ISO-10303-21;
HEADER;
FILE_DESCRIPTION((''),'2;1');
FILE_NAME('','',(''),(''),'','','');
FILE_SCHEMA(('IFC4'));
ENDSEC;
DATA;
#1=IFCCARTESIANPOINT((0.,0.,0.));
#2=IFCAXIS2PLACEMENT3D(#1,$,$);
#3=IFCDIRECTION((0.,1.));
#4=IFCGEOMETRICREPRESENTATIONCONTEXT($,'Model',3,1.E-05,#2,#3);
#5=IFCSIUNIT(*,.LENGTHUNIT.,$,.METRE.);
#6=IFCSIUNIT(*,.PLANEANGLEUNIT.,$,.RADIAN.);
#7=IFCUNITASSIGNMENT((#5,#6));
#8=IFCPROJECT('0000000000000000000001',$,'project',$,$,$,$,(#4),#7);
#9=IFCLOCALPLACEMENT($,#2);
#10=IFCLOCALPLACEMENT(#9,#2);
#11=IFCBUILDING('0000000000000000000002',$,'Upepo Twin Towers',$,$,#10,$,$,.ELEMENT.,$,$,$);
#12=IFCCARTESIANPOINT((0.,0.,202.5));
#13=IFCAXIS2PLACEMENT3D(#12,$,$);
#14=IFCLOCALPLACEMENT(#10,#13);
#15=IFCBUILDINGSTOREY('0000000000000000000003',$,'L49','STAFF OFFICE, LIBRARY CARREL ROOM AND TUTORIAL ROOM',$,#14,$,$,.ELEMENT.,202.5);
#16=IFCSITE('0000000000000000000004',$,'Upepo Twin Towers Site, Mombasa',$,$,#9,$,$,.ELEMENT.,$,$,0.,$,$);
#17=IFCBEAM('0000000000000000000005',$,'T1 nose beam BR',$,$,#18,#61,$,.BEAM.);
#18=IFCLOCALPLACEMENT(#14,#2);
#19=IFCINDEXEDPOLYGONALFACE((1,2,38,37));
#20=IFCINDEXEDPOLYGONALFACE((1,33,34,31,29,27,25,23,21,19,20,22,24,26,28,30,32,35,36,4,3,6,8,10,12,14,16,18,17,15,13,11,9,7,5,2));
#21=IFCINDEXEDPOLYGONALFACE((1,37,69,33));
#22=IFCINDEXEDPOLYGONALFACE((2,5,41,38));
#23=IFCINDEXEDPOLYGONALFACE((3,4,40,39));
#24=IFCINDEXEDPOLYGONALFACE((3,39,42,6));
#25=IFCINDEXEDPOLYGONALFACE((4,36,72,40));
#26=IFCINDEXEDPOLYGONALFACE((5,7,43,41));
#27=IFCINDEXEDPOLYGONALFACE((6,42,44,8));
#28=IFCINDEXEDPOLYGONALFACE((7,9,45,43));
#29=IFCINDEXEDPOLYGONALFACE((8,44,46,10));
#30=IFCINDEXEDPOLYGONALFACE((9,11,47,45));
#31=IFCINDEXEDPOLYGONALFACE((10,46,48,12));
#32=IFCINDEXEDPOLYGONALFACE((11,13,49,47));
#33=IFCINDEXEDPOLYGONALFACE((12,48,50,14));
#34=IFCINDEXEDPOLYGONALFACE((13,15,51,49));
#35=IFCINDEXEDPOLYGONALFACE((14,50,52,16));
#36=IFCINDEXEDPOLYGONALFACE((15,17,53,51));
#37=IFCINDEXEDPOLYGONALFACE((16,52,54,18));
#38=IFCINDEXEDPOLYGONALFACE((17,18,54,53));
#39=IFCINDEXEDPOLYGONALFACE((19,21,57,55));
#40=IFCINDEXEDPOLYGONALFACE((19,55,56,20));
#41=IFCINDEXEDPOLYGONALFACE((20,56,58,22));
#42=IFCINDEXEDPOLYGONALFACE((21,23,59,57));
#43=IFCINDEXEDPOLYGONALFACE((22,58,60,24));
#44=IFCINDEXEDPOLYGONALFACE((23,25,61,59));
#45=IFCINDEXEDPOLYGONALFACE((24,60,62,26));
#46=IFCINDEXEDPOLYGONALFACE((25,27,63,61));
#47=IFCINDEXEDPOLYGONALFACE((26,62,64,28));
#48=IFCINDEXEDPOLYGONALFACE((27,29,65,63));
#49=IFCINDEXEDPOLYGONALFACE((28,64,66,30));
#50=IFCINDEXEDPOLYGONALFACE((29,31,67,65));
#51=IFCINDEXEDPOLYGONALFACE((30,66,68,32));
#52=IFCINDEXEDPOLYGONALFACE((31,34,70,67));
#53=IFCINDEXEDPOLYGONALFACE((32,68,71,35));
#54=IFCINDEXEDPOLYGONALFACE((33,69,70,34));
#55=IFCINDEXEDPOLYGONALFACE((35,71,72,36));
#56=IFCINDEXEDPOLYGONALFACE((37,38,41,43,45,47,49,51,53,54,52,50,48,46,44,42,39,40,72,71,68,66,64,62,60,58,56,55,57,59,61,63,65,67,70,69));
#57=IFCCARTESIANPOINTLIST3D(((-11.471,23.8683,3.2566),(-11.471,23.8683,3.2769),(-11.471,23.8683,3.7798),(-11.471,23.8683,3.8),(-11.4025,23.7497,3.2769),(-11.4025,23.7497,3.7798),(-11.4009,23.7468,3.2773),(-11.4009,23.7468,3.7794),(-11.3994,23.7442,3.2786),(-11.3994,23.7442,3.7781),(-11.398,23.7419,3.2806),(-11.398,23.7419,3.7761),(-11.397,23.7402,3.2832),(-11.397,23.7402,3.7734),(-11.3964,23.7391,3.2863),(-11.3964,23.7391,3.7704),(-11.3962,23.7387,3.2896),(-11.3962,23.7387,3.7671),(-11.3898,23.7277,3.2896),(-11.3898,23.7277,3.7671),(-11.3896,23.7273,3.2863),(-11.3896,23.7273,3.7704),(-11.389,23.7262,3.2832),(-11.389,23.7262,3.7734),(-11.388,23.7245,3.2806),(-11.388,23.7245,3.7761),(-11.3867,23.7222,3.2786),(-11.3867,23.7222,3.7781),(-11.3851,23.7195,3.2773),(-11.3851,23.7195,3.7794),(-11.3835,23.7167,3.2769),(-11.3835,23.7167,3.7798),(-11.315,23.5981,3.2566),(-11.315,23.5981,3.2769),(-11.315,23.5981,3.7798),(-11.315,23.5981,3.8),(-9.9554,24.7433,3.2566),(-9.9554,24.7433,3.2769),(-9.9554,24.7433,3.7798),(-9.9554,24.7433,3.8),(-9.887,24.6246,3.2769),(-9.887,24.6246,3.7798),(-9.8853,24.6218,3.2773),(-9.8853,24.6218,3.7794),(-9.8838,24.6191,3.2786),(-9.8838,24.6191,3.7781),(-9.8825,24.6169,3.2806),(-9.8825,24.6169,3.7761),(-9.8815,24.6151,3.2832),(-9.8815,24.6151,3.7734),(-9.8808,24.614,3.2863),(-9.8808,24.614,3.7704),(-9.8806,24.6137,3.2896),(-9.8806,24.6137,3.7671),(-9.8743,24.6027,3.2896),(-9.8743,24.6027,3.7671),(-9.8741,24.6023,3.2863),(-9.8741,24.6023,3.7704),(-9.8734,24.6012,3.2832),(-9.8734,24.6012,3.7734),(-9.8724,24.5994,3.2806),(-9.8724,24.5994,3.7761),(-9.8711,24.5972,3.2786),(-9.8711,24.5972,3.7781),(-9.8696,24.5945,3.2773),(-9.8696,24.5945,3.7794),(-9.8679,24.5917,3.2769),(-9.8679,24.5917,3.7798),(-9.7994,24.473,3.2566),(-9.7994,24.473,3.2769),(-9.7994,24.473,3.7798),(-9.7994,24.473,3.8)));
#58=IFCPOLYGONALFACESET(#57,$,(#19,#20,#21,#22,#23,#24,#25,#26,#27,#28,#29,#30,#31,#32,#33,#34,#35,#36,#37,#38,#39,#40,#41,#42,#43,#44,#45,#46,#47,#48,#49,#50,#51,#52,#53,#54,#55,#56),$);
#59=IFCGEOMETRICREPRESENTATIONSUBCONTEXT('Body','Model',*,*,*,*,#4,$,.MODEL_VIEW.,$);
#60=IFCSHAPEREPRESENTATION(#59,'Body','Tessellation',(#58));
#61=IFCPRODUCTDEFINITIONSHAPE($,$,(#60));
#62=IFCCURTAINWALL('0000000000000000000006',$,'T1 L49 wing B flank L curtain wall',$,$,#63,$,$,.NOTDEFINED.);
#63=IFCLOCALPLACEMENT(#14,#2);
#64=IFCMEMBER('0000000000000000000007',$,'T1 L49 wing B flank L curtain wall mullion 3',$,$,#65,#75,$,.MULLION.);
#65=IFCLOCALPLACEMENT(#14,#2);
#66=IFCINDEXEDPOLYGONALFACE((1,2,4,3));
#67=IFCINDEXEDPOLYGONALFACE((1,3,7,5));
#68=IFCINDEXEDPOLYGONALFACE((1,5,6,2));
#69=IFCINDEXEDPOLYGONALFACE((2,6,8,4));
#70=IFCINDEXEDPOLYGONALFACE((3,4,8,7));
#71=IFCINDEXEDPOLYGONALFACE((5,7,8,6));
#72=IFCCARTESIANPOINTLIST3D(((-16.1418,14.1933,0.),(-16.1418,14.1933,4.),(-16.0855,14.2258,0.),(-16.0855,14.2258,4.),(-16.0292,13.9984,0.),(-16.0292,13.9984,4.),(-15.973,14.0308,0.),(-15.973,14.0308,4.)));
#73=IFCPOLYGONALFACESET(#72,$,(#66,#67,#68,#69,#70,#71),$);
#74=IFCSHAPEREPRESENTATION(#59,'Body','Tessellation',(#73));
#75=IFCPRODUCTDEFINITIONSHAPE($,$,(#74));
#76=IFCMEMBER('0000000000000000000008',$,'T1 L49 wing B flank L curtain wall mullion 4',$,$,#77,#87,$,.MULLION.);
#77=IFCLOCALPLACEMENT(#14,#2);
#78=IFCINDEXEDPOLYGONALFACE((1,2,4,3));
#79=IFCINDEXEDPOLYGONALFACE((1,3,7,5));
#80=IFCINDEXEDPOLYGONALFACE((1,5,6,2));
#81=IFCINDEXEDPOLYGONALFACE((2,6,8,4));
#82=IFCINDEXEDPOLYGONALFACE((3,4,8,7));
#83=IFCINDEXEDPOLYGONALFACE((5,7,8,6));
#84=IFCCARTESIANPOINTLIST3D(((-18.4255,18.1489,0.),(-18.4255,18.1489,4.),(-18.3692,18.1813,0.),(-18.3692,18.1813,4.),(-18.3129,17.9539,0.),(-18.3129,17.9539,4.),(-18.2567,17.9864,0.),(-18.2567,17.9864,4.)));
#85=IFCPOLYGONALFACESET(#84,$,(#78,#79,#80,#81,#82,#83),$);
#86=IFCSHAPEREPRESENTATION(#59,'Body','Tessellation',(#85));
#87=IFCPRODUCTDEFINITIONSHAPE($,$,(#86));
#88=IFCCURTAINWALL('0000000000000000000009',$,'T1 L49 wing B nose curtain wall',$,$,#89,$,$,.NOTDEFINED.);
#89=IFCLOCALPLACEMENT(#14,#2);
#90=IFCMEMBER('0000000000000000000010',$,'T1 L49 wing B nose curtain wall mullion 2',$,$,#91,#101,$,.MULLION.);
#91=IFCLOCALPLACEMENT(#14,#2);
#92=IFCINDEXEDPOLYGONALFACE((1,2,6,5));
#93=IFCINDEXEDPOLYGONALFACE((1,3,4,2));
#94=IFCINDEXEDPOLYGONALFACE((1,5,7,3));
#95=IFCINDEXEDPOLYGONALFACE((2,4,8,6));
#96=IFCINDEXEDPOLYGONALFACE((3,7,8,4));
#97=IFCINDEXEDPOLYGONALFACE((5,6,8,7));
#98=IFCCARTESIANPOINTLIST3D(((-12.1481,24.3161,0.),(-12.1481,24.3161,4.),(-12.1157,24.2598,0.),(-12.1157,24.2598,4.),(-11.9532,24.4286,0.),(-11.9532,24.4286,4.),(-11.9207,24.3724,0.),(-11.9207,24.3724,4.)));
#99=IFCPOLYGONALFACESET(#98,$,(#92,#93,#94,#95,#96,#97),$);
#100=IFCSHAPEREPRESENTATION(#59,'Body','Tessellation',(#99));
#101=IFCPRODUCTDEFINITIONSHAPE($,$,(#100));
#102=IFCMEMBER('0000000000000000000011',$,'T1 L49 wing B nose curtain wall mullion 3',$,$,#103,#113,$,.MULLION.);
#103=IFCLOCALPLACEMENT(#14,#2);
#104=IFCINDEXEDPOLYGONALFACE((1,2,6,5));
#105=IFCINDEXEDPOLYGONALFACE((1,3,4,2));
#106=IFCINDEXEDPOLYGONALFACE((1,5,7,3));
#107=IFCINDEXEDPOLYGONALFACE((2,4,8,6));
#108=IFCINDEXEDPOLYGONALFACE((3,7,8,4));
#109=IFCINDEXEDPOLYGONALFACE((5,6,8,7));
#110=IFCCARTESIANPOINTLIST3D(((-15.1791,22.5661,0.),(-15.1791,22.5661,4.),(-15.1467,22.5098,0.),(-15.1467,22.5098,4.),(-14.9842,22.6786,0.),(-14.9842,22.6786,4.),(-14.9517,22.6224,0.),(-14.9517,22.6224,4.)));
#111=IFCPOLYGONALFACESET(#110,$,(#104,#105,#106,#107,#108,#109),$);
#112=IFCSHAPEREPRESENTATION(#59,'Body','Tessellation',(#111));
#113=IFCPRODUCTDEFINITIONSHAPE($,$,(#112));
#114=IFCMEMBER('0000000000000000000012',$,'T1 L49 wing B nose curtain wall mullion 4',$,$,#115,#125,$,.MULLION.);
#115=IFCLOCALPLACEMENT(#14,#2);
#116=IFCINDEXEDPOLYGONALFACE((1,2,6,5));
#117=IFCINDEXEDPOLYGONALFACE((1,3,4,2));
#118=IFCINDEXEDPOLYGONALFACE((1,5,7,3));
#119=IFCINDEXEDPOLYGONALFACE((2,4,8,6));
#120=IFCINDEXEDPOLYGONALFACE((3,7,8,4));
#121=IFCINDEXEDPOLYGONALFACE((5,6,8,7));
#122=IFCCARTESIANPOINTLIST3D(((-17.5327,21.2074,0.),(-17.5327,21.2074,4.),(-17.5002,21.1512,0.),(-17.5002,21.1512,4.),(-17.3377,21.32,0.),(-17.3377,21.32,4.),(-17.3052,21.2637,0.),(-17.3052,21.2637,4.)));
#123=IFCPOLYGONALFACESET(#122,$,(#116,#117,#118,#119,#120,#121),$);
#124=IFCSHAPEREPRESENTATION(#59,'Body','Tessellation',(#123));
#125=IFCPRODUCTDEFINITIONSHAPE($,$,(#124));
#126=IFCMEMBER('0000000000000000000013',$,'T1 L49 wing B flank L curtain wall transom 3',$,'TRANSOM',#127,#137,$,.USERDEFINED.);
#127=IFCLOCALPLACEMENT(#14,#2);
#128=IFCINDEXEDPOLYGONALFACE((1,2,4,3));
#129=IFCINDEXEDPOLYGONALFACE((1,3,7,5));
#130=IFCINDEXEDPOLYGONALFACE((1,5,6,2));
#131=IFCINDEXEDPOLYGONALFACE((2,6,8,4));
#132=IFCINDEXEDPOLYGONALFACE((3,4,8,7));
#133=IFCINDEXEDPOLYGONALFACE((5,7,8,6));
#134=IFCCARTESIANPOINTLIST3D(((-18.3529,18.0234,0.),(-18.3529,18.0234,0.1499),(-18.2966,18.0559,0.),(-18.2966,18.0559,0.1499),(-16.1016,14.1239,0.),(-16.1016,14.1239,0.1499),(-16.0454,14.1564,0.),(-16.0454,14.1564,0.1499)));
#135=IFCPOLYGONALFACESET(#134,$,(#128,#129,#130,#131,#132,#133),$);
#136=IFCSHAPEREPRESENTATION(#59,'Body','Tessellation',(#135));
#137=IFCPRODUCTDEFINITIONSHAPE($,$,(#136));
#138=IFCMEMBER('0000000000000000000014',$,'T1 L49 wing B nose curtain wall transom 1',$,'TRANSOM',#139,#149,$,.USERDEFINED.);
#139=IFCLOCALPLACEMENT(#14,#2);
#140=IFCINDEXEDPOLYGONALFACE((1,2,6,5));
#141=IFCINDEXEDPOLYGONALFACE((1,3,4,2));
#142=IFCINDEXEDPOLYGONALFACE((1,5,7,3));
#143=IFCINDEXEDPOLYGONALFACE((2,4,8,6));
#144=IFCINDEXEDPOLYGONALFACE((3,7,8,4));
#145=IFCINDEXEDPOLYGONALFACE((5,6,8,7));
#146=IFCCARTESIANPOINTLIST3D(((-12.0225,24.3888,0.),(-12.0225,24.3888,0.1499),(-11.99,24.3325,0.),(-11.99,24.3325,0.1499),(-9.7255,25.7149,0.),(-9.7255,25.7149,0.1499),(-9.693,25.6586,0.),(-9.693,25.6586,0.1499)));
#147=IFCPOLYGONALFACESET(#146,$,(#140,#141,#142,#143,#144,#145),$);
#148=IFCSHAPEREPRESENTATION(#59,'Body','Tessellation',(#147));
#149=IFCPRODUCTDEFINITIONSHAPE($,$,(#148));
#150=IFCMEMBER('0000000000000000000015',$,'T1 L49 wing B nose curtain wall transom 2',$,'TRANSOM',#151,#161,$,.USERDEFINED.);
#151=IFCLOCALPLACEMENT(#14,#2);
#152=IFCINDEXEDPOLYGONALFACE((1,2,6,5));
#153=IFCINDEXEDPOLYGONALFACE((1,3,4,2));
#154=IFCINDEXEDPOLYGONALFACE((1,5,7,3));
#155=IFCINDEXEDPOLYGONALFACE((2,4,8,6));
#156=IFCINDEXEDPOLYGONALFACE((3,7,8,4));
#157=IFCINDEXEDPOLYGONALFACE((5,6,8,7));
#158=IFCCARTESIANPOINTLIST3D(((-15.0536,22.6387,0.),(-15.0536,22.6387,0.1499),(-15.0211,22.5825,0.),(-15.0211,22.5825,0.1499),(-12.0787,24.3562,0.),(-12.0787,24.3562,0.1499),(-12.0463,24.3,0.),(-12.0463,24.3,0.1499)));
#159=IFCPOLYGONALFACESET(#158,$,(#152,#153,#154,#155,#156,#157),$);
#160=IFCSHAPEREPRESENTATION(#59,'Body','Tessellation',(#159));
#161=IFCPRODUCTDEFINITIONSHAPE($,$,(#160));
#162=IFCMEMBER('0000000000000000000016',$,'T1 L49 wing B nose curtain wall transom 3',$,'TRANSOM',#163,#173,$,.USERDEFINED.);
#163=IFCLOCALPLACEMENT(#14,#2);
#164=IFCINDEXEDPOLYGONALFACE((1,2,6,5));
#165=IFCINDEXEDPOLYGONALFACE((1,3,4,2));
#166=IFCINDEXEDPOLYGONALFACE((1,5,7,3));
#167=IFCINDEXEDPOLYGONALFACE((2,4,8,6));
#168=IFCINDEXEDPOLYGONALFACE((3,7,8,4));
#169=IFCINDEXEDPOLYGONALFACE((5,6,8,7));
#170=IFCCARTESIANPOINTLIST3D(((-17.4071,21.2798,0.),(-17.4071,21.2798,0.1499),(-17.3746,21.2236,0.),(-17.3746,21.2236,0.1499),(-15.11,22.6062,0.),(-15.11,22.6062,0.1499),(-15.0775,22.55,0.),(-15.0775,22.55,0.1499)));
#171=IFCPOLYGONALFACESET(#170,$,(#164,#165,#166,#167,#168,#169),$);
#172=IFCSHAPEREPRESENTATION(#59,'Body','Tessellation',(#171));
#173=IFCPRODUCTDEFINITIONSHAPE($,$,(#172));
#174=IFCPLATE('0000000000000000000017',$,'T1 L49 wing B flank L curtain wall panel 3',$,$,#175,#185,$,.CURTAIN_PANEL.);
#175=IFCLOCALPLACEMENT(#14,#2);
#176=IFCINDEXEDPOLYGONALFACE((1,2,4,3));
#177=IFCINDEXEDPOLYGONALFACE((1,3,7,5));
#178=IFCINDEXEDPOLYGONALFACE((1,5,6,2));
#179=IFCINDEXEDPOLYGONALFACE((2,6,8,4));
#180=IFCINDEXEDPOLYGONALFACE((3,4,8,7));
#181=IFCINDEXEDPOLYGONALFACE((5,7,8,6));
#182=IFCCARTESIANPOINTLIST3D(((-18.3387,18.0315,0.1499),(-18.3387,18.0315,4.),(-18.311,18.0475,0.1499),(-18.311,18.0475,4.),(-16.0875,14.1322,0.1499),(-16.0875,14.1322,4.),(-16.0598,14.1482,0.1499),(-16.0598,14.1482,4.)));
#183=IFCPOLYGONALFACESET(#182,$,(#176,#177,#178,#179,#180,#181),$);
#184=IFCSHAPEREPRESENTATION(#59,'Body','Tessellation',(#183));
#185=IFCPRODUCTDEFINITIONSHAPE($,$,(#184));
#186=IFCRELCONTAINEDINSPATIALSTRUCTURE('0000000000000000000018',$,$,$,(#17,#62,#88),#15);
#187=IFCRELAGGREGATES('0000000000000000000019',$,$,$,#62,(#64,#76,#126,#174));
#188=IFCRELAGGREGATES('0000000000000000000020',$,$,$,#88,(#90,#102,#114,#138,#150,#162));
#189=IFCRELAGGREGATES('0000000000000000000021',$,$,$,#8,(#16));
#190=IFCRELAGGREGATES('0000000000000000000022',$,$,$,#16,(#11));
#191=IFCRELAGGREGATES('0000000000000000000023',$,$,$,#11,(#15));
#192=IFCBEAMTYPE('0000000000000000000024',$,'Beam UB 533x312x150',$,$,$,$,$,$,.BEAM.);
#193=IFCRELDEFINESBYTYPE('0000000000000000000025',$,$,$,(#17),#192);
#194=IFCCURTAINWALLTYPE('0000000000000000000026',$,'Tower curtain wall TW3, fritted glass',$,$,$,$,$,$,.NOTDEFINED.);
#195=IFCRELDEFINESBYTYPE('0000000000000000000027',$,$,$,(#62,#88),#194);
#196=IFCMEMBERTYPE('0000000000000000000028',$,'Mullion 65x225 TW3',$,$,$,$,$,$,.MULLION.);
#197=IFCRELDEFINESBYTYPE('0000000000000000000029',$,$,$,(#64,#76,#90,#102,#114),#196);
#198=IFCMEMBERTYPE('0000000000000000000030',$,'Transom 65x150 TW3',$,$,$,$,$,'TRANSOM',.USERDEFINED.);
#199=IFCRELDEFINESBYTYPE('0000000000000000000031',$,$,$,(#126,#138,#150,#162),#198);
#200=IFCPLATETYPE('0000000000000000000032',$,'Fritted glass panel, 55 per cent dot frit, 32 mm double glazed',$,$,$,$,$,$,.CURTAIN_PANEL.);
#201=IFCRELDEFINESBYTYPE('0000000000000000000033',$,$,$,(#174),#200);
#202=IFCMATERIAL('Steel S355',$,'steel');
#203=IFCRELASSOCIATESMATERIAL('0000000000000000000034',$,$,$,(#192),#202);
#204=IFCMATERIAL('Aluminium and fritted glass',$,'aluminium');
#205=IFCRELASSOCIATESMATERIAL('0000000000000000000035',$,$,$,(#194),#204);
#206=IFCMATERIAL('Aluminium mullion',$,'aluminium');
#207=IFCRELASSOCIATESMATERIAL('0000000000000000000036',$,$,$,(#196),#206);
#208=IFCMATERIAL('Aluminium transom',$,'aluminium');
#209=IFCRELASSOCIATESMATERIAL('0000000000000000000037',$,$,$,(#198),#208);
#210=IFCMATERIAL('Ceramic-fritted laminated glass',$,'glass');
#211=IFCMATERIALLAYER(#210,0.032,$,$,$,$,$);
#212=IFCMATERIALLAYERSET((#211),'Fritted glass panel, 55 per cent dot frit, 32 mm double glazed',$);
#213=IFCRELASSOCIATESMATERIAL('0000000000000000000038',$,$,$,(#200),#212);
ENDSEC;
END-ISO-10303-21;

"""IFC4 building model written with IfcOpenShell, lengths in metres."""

from ifc_helpers import new_model, si_unit, direction, frame, origin, origin_2d, place, context, subcontext, project, spatial, rectangle, i_section, extrude, material, layer, layer_set, material_profile, profile_set, type_object, element, aggregate, save


model = new_model("IFC4")

# Units and contexts
model_context = context("Model", 3, precision=1e-05, world=origin(), true_north=direction((0.0, 1.0)))
body_context = subcontext(model_context, "Body", "Model", "MODEL_VIEW")
ifc_project = project(units=[si_unit("LENGTHUNIT", "METRE"), si_unit("PLANEANGLEUNIT", "RADIAN")], contexts=[model_context])

# Site, building, storey
site_placement = place(None, origin())
site = spatial("IfcSite", under=ifc_project, at=site_placement, Name="Upepo Twin Towers Site, Mombasa", CompositionType="ELEMENT", RefElevation=0.0)
building_placement = place(site_placement, origin())
building = spatial("IfcBuilding", under=site, at=building_placement, Name="Upepo Twin Towers", CompositionType="ELEMENT")
storey_placement = place(building_placement, frame((0.0, 0.0, 202.5)))
storey = spatial("IfcBuildingStorey", under=building, at=storey_placement, Name="L49", Description="STAFF OFFICE, LIBRARY CARREL ROOM AND TUTORIAL ROOM", CompositionType="ELEMENT", Elevation=202.5)

# Beam
ifc_material_1 = material(Name="Steel S355", Category="steel")
ifc_material_profile_1 = material_profile(ifc_material_1, i_section(OverallWidth=0.312, OverallDepth=0.5435, WebThickness=0.0127, FlangeThickness=0.0203, FilletRadius=0.0127, at=origin_2d()), Name="UB 533x312x150")
ifc_profile_set_1 = profile_set([ifc_material_profile_1], Name="Steel S355")
beam_type_1 = type_object("IfcBeamType", Name="Beam UB 533x312x150", PredefinedType="BEAM", material=ifc_profile_set_1)
for number, where, z_axis, x_axis, name in (
    (1, (-9.8774, 24.6082, 3.5283), (-0.866037, -0.49998, 0.0), (0.49998, -0.866037, 0.0), "T1 nose beam BR"),
):
    element("IfcBeam", number, at=place(storey_placement, frame(where, z_axis=z_axis, x_axis=x_axis)), inside=storey, type_object=beam_type_1, Name=name, PredefinedType="BEAM", context=body_context, shape_type="SweptSolid", body=[
        extrude(i_section(OverallWidth=0.312, OverallDepth=0.5435, WebThickness=0.0127, FlangeThickness=0.0203, FilletRadius=0.0127, at=origin_2d()), origin(), (0.0, 0.0, 1.0), 1.75),
    ])

# Curtain walls, members
ifc_material_2 = material(Name="Aluminium and fritted glass", Category="aluminium")
curtain_wall_type = type_object("IfcCurtainWallType", Name="Tower curtain wall TW3, fritted glass", PredefinedType="NOTDEFINED", material=ifc_material_2)
curtain_wall_1_placement = place(storey_placement, origin())
curtain_wall_1 = element("IfcCurtainWall", 2, at=curtain_wall_1_placement, inside=storey, type_object=curtain_wall_type, Name="T1 L49 wing B flank L curtain wall", PredefinedType="NOTDEFINED")
ifc_material_3 = material(Name="Aluminium mullion", Category="aluminium")
ifc_material_profile_2 = material_profile(ifc_material_3, rectangle(XDim=0.0649, YDim=0.2251, at=origin_2d()), Name="MULLION 65x225")
ifc_profile_set_2 = profile_set([ifc_material_profile_2], Name="Aluminium mullion")
member_type_1 = type_object("IfcMemberType", Name="Mullion 65x225 TW3", PredefinedType="MULLION", material=ifc_profile_set_2)
member_1_placement = place(storey_placement, frame((-16.0574, 14.1121, 0.0), z_axis=(0.0, 0.0, 1.0), x_axis=(-0.866025, -0.5, 0.0)))
member_1 = element("IfcMember", 3, at=member_1_placement, type_object=member_type_1, Name="T1 L49 wing B flank L curtain wall mullion 3", PredefinedType="MULLION", context=body_context, shape_type="SweptSolid", body=[
    extrude(rectangle(XDim=0.0649, YDim=0.2251, at=origin_2d()), origin(), (0.0, 0.0, 1.0), 4.0),
])
member_2_placement = place(storey_placement, frame((-18.3411, 18.0676, 0.0), z_axis=(0.0, 0.0, 1.0), x_axis=(-0.866025, -0.5, 0.0)))
member_2 = element("IfcMember", 4, at=member_2_placement, type_object=member_type_1, Name="T1 L49 wing B flank L curtain wall mullion 4", PredefinedType="MULLION", context=body_context, shape_type="SweptSolid", body=[
    extrude(rectangle(XDim=0.0649, YDim=0.2251, at=origin_2d()), origin(), (0.0, 0.0, 1.0), 4.0),
])
curtain_wall_2_placement = place(storey_placement, origin())
curtain_wall_2 = element("IfcCurtainWall", 5, at=curtain_wall_2_placement, inside=storey, type_object=curtain_wall_type, Name="T1 L49 wing B nose curtain wall", PredefinedType="NOTDEFINED")
member_3_placement = place(storey_placement, frame((-12.0344, 24.3442, 0.0), z_axis=(0.0, 0.0, 1.0), x_axis=(0.5, -0.866025, 0.0)))
member_3 = element("IfcMember", 6, at=member_3_placement, type_object=member_type_1, Name="T1 L49 wing B nose curtain wall mullion 2", PredefinedType="MULLION", context=body_context, shape_type="SweptSolid", body=[
    extrude(rectangle(XDim=0.0649, YDim=0.2251, at=origin_2d()), origin(), (0.0, 0.0, 1.0), 4.0),
])
member_4_placement = place(storey_placement, frame((-15.0654, 22.5942, 0.0), z_axis=(0.0, 0.0, 1.0), x_axis=(0.5, -0.866025, 0.0)))
member_4 = element("IfcMember", 7, at=member_4_placement, type_object=member_type_1, Name="T1 L49 wing B nose curtain wall mullion 3", PredefinedType="MULLION", context=body_context, shape_type="SweptSolid", body=[
    extrude(rectangle(XDim=0.0649, YDim=0.2251, at=origin_2d()), origin(), (0.0, 0.0, 1.0), 4.0),
])
member_5_placement = place(storey_placement, frame((-17.4189, 21.2356, 0.0), z_axis=(0.0, 0.0, 1.0), x_axis=(0.5, -0.866025, 0.0)))
member_5 = element("IfcMember", 8, at=member_5_placement, type_object=member_type_1, Name="T1 L49 wing B nose curtain wall mullion 4", PredefinedType="MULLION", context=body_context, shape_type="SweptSolid", body=[
    extrude(rectangle(XDim=0.0649, YDim=0.2251, at=origin_2d()), origin(), (0.0, 0.0, 1.0), 4.0),
])

# Members
ifc_material_4 = material(Name="Aluminium transom", Category="aluminium")
ifc_material_profile_3 = material_profile(ifc_material_4, rectangle(XDim=0.0649, YDim=0.1499, at=origin_2d()), Name="TRANSOM 65x150")
ifc_profile_set_3 = profile_set([ifc_material_profile_3], Name="Aluminium transom")
member_type_2 = type_object("IfcMemberType", Name="Transom 65x150 TW3", ElementType="TRANSOM", PredefinedType="USERDEFINED", material=ifc_profile_set_3)
member_6_placement = place(storey_placement, frame((-16.0735, 14.1401, 0.075), z_axis=(-0.499982, 0.866036, 0.0), x_axis=(-0.866036, -0.499982, 0.0)))
member_6 = element("IfcMember", 9, at=member_6_placement, type_object=member_type_2, Name="T1 L49 wing B flank L curtain wall transom 3", ObjectType="TRANSOM", PredefinedType="USERDEFINED", context=body_context, shape_type="SweptSolid", body=[
    extrude(rectangle(XDim=0.0649, YDim=0.1499, at=origin_2d()), origin(), (0.0, 0.0, 1.0), 4.5027),
])
member_7_placement = place(storey_placement, frame((-9.7092, 25.6868, 0.075), z_axis=(-0.866037, -0.49998, 0.0), x_axis=(0.49998, -0.866037, 0.0)))
member_7 = element("IfcMember", 10, at=member_7_placement, type_object=member_type_2, Name="T1 L49 wing B nose curtain wall transom 1", ObjectType="TRANSOM", PredefinedType="USERDEFINED", context=body_context, shape_type="SweptSolid", body=[
    extrude(rectangle(XDim=0.0649, YDim=0.1499, at=origin_2d()), origin(), (0.0, 0.0, 1.0), 2.6523),
])
member_8_placement = place(storey_placement, frame((-12.0625, 24.3281, 0.075), z_axis=(-0.866026, -0.499999, 0.0), x_axis=(0.499999, -0.866026, 0.0)))
member_8 = element("IfcMember", 11, at=member_8_placement, type_object=member_type_2, Name="T1 L49 wing B nose curtain wall transom 2", ObjectType="TRANSOM", PredefinedType="USERDEFINED", context=body_context, shape_type="SweptSolid", body=[
    extrude(rectangle(XDim=0.0649, YDim=0.1499, at=origin_2d()), origin(), (0.0, 0.0, 1.0), 3.4351),
])
member_9_placement = place(storey_placement, frame((-15.0938, 22.5781, 0.075), z_axis=(-0.865997, -0.500049, 0.0), x_axis=(0.500049, -0.865997, 0.0)))
member_9 = element("IfcMember", 12, at=member_9_placement, type_object=member_type_2, Name="T1 L49 wing B nose curtain wall transom 3", ObjectType="TRANSOM", PredefinedType="USERDEFINED", context=body_context, shape_type="SweptSolid", body=[
    extrude(rectangle(XDim=0.0649, YDim=0.1499, at=origin_2d()), origin(), (0.0, 0.0, 1.0), 2.6526),
])

# Plate
ifc_material_5 = material(Name="Ceramic-fritted laminated glass", Category="glass")
ifc_layer_1 = layer(ifc_material_5, 0.032)
ifc_layer_set_1 = layer_set([ifc_layer_1], Name="Fritted glass panel, 55 per cent dot frit, 32 mm double glazed")
plate_type_1 = type_object("IfcPlateType", Name="Fritted glass panel, 55 per cent dot frit, 32 mm double glazed", PredefinedType="CURTAIN_PANEL", material=ifc_layer_set_1)
plate_1_placement = place(storey_placement, frame((-17.1992, 16.0898, 0.1499), z_axis=(0.0, 0.0, 1.0), x_axis=(-0.5, 0.866025, 0.0)))
plate_1 = element("IfcPlate", 13, at=plate_1_placement, type_object=plate_type_1, Name="T1 L49 wing B flank L curtain wall panel 3", PredefinedType="CURTAIN_PANEL", context=body_context, shape_type="SweptSolid", body=[
    extrude(rectangle(XDim=4.5024, YDim=0.032, at=origin_2d()), origin(), (0.0, 0.0, 1.0), 3.8501),
])
aggregate(curtain_wall_1, [member_1, member_2, member_6, plate_1])
aggregate(curtain_wall_2, [member_3, member_4, member_5, member_7, member_8, member_9])

save(model, "model.ifc")
